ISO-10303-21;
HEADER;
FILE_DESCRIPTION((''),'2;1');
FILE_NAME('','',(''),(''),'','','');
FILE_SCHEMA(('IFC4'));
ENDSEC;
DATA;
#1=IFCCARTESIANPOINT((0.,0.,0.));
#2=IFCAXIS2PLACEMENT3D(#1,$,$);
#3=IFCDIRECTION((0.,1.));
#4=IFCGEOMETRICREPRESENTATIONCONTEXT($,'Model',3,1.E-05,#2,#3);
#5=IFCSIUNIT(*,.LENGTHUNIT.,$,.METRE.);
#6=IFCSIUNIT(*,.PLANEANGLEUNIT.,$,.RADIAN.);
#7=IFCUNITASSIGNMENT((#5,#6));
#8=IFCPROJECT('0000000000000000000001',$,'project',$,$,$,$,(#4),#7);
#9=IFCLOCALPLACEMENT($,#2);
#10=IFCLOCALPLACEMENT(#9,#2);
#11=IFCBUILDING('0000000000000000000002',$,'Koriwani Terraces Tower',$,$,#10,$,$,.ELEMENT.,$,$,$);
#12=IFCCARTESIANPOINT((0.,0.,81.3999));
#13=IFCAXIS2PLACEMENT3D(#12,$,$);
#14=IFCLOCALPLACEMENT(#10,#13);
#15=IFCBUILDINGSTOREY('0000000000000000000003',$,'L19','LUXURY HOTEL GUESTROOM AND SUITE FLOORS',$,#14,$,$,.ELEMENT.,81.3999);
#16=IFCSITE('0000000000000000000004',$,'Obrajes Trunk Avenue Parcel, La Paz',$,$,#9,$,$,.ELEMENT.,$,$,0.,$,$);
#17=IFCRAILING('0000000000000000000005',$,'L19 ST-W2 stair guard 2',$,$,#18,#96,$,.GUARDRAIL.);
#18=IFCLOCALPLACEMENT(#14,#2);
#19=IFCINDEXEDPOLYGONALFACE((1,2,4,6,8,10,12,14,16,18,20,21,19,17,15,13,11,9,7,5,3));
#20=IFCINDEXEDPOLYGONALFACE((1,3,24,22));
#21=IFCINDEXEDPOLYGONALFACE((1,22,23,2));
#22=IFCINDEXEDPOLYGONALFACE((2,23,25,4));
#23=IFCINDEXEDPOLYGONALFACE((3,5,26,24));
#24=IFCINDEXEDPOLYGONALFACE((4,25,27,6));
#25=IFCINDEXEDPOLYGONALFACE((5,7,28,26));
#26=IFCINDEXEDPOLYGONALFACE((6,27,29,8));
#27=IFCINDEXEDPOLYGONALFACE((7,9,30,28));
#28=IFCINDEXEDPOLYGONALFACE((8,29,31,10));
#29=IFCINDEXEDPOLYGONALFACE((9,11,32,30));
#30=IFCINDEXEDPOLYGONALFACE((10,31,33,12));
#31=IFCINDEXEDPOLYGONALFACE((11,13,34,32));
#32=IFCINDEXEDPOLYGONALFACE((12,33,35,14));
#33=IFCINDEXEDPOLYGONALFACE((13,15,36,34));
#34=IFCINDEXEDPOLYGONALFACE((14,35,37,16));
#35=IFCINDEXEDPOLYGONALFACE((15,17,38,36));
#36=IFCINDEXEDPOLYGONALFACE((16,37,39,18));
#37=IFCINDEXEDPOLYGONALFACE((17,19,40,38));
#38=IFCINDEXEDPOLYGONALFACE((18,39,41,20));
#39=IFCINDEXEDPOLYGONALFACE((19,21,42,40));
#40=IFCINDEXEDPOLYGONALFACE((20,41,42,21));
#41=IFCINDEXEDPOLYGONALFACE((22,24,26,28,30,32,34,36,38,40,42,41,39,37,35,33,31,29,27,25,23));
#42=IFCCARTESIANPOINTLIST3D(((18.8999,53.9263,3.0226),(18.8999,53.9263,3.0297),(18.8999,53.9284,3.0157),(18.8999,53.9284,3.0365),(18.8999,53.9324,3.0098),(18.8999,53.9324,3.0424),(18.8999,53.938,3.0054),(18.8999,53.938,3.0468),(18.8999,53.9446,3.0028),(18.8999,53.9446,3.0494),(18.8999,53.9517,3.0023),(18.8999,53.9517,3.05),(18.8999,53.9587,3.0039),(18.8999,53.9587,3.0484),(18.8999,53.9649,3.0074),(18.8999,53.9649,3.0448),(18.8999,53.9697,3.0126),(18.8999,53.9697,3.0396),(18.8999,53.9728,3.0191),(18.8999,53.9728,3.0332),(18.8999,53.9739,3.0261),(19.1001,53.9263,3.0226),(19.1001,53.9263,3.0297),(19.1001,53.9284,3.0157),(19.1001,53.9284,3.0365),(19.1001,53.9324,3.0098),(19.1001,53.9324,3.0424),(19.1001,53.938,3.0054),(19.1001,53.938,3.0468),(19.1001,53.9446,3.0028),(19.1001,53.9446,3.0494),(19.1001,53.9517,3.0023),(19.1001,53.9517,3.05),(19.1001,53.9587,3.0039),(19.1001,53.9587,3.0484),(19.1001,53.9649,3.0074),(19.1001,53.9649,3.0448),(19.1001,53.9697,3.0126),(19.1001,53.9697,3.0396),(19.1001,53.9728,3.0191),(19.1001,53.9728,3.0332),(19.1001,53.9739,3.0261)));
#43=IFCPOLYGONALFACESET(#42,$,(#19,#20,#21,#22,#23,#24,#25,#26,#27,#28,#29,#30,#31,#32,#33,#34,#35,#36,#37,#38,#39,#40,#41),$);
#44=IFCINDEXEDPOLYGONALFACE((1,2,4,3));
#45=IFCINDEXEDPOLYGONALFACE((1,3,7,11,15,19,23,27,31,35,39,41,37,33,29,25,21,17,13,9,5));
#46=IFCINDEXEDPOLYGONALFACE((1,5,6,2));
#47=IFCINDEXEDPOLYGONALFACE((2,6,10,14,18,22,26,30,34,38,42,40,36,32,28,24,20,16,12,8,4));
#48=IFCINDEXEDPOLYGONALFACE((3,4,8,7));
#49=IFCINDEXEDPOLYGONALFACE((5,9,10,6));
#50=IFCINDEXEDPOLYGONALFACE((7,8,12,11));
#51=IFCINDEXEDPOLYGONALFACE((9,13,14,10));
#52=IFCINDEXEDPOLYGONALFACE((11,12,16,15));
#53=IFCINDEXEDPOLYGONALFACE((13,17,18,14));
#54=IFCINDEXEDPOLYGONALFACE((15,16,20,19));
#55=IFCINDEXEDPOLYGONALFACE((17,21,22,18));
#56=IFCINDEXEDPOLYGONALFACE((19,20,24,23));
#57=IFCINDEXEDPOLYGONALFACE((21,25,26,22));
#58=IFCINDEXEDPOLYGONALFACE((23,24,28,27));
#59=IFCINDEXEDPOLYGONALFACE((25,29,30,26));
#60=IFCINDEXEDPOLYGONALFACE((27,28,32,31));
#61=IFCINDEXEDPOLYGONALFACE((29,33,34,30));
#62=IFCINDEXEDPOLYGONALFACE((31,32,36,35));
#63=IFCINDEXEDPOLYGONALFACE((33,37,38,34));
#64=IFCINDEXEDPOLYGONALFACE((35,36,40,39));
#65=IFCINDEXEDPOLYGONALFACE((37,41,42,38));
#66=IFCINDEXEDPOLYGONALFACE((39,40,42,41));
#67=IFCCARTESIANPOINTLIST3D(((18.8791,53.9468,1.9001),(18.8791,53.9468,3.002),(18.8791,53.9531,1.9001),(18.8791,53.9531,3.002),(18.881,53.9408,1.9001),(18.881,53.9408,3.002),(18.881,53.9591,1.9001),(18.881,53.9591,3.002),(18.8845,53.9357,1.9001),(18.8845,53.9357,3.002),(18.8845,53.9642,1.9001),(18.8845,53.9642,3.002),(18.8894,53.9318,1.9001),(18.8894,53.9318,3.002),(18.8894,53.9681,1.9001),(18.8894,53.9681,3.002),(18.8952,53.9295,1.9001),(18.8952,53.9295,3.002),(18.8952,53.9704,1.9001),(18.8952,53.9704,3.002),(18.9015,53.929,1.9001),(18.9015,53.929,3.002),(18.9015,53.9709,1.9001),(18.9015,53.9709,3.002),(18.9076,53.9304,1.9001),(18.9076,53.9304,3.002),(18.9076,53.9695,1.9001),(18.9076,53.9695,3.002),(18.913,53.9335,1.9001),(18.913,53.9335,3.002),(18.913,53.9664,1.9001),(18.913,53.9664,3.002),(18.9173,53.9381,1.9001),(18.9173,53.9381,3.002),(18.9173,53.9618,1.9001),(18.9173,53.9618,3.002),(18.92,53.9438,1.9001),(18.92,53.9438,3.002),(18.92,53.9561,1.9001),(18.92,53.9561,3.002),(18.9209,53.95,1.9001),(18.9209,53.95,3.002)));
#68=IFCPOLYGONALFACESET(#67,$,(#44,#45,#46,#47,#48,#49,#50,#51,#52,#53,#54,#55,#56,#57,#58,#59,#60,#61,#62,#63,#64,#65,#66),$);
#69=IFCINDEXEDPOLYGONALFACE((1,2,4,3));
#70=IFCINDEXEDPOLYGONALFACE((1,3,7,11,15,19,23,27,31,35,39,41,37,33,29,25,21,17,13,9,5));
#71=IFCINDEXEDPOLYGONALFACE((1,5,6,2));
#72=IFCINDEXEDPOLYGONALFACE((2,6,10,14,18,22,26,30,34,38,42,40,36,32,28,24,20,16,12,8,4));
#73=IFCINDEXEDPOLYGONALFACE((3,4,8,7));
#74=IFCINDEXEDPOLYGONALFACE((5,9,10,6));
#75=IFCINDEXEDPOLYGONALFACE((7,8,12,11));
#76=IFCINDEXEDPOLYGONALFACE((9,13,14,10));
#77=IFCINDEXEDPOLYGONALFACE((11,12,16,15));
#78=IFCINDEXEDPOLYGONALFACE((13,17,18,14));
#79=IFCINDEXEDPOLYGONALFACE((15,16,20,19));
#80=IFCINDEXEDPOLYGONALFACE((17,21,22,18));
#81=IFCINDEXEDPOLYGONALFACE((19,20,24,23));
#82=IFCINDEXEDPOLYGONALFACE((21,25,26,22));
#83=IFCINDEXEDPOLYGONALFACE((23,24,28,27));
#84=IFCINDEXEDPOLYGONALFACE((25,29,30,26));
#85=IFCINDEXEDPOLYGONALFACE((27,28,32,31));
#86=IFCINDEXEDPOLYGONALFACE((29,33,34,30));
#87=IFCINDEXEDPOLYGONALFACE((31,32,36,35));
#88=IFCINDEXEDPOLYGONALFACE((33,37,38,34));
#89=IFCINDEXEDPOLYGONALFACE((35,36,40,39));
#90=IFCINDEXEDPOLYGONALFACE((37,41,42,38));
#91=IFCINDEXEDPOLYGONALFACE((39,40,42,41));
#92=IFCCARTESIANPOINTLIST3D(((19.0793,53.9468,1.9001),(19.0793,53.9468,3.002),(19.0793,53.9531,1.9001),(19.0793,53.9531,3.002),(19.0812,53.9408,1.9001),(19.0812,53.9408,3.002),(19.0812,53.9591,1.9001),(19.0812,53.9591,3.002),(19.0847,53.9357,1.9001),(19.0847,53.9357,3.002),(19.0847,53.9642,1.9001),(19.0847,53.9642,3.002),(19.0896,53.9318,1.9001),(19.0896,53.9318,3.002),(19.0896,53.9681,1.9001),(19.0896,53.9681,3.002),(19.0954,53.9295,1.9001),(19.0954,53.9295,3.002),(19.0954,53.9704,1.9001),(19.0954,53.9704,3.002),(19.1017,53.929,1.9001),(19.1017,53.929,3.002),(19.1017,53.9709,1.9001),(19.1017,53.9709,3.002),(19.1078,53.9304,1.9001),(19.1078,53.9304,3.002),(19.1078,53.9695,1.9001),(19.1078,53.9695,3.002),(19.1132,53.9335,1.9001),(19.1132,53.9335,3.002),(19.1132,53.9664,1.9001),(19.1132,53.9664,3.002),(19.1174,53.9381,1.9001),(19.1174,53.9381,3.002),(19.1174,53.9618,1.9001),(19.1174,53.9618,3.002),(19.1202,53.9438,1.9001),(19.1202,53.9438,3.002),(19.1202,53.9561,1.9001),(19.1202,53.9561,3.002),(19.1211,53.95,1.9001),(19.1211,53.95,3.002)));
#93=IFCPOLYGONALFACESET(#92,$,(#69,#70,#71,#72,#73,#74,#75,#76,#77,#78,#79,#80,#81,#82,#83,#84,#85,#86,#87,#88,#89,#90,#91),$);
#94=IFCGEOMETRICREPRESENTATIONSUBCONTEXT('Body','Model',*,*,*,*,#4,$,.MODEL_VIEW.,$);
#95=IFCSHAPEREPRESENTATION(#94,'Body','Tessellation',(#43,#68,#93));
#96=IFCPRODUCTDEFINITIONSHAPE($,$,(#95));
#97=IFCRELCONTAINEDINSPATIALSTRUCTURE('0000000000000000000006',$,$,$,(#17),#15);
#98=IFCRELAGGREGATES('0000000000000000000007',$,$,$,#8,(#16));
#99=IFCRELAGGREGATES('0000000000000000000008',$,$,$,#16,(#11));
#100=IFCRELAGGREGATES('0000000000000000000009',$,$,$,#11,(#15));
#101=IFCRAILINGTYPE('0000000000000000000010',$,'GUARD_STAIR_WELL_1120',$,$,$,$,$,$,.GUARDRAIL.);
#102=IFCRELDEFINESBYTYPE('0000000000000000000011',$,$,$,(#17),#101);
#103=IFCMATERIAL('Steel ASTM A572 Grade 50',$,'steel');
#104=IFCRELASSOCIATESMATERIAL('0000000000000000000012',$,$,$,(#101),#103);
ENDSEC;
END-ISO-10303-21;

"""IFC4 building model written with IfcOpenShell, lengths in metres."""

from ifc_helpers import new_model, si_unit, direction, frame, origin, origin_2d, place, context, subcontext, project, spatial, circle, extrude, material, type_object, element, save


model = new_model("IFC4")

# Units and contexts
model_context = context("Model", 3, precision=1e-05, world=origin(), true_north=direction((0.0, 1.0)))
body_context = subcontext(model_context, "Body", "Model", "MODEL_VIEW")
ifc_project = project(units=[si_unit("LENGTHUNIT", "METRE"), si_unit("PLANEANGLEUNIT", "RADIAN")], contexts=[model_context])

# Site, building, storey
site_placement = place(None, origin())
site = spatial("IfcSite", under=ifc_project, at=site_placement, Name="Obrajes Trunk Avenue Parcel, La Paz", CompositionType="ELEMENT", RefElevation=0.0)
building_placement = place(site_placement, origin())
building = spatial("IfcBuilding", under=site, at=building_placement, Name="Koriwani Terraces Tower", CompositionType="ELEMENT")
storey_placement = place(building_placement, frame((0.0, 0.0, 81.3999)))
storey = spatial("IfcBuildingStorey", under=building, at=storey_placement, Name="L19", Description="LUXURY HOTEL GUESTROOM AND SUITE FLOORS", CompositionType="ELEMENT", Elevation=81.3999)

# Shared definitions
ifc_material_1 = material(Name="Steel ASTM A572 Grade 50", Category="steel")

# Railing
railing_type_1 = type_object("IfcRailingType", Name="GUARD_STAIR_WELL_1120", PredefinedType="GUARDRAIL", material=ifc_material_1)
railing_1_placement = place(storey_placement, frame((18.8999, 53.95, 1.9001)))
element("IfcRailing", 1, at=railing_1_placement, inside=storey, type_object=railing_type_1, Name="L19 ST-W2 stair guard 2", PredefinedType="GUARDRAIL", context=body_context, shape_type="SweptSolid", body=[
    extrude(circle(Radius=0.0239, at=origin_2d()), frame((0.0, 0.0, 1.126), z_axis=(1.0, 0.0, 0.0), x_axis=(0.0, 1.0, 0.0)), (0.0, 0.0, 1.0), 0.2002),
    extrude(circle(Radius=0.021, at=origin_2d()), origin(), (0.0, 0.0, 1.0), 1.1018),
    extrude(circle(Radius=0.021, at=origin_2d()), frame((0.2002, 0.0, 0.0)), (0.0, 0.0, 1.0), 1.1018),
])

save(model, "model.ifc")
